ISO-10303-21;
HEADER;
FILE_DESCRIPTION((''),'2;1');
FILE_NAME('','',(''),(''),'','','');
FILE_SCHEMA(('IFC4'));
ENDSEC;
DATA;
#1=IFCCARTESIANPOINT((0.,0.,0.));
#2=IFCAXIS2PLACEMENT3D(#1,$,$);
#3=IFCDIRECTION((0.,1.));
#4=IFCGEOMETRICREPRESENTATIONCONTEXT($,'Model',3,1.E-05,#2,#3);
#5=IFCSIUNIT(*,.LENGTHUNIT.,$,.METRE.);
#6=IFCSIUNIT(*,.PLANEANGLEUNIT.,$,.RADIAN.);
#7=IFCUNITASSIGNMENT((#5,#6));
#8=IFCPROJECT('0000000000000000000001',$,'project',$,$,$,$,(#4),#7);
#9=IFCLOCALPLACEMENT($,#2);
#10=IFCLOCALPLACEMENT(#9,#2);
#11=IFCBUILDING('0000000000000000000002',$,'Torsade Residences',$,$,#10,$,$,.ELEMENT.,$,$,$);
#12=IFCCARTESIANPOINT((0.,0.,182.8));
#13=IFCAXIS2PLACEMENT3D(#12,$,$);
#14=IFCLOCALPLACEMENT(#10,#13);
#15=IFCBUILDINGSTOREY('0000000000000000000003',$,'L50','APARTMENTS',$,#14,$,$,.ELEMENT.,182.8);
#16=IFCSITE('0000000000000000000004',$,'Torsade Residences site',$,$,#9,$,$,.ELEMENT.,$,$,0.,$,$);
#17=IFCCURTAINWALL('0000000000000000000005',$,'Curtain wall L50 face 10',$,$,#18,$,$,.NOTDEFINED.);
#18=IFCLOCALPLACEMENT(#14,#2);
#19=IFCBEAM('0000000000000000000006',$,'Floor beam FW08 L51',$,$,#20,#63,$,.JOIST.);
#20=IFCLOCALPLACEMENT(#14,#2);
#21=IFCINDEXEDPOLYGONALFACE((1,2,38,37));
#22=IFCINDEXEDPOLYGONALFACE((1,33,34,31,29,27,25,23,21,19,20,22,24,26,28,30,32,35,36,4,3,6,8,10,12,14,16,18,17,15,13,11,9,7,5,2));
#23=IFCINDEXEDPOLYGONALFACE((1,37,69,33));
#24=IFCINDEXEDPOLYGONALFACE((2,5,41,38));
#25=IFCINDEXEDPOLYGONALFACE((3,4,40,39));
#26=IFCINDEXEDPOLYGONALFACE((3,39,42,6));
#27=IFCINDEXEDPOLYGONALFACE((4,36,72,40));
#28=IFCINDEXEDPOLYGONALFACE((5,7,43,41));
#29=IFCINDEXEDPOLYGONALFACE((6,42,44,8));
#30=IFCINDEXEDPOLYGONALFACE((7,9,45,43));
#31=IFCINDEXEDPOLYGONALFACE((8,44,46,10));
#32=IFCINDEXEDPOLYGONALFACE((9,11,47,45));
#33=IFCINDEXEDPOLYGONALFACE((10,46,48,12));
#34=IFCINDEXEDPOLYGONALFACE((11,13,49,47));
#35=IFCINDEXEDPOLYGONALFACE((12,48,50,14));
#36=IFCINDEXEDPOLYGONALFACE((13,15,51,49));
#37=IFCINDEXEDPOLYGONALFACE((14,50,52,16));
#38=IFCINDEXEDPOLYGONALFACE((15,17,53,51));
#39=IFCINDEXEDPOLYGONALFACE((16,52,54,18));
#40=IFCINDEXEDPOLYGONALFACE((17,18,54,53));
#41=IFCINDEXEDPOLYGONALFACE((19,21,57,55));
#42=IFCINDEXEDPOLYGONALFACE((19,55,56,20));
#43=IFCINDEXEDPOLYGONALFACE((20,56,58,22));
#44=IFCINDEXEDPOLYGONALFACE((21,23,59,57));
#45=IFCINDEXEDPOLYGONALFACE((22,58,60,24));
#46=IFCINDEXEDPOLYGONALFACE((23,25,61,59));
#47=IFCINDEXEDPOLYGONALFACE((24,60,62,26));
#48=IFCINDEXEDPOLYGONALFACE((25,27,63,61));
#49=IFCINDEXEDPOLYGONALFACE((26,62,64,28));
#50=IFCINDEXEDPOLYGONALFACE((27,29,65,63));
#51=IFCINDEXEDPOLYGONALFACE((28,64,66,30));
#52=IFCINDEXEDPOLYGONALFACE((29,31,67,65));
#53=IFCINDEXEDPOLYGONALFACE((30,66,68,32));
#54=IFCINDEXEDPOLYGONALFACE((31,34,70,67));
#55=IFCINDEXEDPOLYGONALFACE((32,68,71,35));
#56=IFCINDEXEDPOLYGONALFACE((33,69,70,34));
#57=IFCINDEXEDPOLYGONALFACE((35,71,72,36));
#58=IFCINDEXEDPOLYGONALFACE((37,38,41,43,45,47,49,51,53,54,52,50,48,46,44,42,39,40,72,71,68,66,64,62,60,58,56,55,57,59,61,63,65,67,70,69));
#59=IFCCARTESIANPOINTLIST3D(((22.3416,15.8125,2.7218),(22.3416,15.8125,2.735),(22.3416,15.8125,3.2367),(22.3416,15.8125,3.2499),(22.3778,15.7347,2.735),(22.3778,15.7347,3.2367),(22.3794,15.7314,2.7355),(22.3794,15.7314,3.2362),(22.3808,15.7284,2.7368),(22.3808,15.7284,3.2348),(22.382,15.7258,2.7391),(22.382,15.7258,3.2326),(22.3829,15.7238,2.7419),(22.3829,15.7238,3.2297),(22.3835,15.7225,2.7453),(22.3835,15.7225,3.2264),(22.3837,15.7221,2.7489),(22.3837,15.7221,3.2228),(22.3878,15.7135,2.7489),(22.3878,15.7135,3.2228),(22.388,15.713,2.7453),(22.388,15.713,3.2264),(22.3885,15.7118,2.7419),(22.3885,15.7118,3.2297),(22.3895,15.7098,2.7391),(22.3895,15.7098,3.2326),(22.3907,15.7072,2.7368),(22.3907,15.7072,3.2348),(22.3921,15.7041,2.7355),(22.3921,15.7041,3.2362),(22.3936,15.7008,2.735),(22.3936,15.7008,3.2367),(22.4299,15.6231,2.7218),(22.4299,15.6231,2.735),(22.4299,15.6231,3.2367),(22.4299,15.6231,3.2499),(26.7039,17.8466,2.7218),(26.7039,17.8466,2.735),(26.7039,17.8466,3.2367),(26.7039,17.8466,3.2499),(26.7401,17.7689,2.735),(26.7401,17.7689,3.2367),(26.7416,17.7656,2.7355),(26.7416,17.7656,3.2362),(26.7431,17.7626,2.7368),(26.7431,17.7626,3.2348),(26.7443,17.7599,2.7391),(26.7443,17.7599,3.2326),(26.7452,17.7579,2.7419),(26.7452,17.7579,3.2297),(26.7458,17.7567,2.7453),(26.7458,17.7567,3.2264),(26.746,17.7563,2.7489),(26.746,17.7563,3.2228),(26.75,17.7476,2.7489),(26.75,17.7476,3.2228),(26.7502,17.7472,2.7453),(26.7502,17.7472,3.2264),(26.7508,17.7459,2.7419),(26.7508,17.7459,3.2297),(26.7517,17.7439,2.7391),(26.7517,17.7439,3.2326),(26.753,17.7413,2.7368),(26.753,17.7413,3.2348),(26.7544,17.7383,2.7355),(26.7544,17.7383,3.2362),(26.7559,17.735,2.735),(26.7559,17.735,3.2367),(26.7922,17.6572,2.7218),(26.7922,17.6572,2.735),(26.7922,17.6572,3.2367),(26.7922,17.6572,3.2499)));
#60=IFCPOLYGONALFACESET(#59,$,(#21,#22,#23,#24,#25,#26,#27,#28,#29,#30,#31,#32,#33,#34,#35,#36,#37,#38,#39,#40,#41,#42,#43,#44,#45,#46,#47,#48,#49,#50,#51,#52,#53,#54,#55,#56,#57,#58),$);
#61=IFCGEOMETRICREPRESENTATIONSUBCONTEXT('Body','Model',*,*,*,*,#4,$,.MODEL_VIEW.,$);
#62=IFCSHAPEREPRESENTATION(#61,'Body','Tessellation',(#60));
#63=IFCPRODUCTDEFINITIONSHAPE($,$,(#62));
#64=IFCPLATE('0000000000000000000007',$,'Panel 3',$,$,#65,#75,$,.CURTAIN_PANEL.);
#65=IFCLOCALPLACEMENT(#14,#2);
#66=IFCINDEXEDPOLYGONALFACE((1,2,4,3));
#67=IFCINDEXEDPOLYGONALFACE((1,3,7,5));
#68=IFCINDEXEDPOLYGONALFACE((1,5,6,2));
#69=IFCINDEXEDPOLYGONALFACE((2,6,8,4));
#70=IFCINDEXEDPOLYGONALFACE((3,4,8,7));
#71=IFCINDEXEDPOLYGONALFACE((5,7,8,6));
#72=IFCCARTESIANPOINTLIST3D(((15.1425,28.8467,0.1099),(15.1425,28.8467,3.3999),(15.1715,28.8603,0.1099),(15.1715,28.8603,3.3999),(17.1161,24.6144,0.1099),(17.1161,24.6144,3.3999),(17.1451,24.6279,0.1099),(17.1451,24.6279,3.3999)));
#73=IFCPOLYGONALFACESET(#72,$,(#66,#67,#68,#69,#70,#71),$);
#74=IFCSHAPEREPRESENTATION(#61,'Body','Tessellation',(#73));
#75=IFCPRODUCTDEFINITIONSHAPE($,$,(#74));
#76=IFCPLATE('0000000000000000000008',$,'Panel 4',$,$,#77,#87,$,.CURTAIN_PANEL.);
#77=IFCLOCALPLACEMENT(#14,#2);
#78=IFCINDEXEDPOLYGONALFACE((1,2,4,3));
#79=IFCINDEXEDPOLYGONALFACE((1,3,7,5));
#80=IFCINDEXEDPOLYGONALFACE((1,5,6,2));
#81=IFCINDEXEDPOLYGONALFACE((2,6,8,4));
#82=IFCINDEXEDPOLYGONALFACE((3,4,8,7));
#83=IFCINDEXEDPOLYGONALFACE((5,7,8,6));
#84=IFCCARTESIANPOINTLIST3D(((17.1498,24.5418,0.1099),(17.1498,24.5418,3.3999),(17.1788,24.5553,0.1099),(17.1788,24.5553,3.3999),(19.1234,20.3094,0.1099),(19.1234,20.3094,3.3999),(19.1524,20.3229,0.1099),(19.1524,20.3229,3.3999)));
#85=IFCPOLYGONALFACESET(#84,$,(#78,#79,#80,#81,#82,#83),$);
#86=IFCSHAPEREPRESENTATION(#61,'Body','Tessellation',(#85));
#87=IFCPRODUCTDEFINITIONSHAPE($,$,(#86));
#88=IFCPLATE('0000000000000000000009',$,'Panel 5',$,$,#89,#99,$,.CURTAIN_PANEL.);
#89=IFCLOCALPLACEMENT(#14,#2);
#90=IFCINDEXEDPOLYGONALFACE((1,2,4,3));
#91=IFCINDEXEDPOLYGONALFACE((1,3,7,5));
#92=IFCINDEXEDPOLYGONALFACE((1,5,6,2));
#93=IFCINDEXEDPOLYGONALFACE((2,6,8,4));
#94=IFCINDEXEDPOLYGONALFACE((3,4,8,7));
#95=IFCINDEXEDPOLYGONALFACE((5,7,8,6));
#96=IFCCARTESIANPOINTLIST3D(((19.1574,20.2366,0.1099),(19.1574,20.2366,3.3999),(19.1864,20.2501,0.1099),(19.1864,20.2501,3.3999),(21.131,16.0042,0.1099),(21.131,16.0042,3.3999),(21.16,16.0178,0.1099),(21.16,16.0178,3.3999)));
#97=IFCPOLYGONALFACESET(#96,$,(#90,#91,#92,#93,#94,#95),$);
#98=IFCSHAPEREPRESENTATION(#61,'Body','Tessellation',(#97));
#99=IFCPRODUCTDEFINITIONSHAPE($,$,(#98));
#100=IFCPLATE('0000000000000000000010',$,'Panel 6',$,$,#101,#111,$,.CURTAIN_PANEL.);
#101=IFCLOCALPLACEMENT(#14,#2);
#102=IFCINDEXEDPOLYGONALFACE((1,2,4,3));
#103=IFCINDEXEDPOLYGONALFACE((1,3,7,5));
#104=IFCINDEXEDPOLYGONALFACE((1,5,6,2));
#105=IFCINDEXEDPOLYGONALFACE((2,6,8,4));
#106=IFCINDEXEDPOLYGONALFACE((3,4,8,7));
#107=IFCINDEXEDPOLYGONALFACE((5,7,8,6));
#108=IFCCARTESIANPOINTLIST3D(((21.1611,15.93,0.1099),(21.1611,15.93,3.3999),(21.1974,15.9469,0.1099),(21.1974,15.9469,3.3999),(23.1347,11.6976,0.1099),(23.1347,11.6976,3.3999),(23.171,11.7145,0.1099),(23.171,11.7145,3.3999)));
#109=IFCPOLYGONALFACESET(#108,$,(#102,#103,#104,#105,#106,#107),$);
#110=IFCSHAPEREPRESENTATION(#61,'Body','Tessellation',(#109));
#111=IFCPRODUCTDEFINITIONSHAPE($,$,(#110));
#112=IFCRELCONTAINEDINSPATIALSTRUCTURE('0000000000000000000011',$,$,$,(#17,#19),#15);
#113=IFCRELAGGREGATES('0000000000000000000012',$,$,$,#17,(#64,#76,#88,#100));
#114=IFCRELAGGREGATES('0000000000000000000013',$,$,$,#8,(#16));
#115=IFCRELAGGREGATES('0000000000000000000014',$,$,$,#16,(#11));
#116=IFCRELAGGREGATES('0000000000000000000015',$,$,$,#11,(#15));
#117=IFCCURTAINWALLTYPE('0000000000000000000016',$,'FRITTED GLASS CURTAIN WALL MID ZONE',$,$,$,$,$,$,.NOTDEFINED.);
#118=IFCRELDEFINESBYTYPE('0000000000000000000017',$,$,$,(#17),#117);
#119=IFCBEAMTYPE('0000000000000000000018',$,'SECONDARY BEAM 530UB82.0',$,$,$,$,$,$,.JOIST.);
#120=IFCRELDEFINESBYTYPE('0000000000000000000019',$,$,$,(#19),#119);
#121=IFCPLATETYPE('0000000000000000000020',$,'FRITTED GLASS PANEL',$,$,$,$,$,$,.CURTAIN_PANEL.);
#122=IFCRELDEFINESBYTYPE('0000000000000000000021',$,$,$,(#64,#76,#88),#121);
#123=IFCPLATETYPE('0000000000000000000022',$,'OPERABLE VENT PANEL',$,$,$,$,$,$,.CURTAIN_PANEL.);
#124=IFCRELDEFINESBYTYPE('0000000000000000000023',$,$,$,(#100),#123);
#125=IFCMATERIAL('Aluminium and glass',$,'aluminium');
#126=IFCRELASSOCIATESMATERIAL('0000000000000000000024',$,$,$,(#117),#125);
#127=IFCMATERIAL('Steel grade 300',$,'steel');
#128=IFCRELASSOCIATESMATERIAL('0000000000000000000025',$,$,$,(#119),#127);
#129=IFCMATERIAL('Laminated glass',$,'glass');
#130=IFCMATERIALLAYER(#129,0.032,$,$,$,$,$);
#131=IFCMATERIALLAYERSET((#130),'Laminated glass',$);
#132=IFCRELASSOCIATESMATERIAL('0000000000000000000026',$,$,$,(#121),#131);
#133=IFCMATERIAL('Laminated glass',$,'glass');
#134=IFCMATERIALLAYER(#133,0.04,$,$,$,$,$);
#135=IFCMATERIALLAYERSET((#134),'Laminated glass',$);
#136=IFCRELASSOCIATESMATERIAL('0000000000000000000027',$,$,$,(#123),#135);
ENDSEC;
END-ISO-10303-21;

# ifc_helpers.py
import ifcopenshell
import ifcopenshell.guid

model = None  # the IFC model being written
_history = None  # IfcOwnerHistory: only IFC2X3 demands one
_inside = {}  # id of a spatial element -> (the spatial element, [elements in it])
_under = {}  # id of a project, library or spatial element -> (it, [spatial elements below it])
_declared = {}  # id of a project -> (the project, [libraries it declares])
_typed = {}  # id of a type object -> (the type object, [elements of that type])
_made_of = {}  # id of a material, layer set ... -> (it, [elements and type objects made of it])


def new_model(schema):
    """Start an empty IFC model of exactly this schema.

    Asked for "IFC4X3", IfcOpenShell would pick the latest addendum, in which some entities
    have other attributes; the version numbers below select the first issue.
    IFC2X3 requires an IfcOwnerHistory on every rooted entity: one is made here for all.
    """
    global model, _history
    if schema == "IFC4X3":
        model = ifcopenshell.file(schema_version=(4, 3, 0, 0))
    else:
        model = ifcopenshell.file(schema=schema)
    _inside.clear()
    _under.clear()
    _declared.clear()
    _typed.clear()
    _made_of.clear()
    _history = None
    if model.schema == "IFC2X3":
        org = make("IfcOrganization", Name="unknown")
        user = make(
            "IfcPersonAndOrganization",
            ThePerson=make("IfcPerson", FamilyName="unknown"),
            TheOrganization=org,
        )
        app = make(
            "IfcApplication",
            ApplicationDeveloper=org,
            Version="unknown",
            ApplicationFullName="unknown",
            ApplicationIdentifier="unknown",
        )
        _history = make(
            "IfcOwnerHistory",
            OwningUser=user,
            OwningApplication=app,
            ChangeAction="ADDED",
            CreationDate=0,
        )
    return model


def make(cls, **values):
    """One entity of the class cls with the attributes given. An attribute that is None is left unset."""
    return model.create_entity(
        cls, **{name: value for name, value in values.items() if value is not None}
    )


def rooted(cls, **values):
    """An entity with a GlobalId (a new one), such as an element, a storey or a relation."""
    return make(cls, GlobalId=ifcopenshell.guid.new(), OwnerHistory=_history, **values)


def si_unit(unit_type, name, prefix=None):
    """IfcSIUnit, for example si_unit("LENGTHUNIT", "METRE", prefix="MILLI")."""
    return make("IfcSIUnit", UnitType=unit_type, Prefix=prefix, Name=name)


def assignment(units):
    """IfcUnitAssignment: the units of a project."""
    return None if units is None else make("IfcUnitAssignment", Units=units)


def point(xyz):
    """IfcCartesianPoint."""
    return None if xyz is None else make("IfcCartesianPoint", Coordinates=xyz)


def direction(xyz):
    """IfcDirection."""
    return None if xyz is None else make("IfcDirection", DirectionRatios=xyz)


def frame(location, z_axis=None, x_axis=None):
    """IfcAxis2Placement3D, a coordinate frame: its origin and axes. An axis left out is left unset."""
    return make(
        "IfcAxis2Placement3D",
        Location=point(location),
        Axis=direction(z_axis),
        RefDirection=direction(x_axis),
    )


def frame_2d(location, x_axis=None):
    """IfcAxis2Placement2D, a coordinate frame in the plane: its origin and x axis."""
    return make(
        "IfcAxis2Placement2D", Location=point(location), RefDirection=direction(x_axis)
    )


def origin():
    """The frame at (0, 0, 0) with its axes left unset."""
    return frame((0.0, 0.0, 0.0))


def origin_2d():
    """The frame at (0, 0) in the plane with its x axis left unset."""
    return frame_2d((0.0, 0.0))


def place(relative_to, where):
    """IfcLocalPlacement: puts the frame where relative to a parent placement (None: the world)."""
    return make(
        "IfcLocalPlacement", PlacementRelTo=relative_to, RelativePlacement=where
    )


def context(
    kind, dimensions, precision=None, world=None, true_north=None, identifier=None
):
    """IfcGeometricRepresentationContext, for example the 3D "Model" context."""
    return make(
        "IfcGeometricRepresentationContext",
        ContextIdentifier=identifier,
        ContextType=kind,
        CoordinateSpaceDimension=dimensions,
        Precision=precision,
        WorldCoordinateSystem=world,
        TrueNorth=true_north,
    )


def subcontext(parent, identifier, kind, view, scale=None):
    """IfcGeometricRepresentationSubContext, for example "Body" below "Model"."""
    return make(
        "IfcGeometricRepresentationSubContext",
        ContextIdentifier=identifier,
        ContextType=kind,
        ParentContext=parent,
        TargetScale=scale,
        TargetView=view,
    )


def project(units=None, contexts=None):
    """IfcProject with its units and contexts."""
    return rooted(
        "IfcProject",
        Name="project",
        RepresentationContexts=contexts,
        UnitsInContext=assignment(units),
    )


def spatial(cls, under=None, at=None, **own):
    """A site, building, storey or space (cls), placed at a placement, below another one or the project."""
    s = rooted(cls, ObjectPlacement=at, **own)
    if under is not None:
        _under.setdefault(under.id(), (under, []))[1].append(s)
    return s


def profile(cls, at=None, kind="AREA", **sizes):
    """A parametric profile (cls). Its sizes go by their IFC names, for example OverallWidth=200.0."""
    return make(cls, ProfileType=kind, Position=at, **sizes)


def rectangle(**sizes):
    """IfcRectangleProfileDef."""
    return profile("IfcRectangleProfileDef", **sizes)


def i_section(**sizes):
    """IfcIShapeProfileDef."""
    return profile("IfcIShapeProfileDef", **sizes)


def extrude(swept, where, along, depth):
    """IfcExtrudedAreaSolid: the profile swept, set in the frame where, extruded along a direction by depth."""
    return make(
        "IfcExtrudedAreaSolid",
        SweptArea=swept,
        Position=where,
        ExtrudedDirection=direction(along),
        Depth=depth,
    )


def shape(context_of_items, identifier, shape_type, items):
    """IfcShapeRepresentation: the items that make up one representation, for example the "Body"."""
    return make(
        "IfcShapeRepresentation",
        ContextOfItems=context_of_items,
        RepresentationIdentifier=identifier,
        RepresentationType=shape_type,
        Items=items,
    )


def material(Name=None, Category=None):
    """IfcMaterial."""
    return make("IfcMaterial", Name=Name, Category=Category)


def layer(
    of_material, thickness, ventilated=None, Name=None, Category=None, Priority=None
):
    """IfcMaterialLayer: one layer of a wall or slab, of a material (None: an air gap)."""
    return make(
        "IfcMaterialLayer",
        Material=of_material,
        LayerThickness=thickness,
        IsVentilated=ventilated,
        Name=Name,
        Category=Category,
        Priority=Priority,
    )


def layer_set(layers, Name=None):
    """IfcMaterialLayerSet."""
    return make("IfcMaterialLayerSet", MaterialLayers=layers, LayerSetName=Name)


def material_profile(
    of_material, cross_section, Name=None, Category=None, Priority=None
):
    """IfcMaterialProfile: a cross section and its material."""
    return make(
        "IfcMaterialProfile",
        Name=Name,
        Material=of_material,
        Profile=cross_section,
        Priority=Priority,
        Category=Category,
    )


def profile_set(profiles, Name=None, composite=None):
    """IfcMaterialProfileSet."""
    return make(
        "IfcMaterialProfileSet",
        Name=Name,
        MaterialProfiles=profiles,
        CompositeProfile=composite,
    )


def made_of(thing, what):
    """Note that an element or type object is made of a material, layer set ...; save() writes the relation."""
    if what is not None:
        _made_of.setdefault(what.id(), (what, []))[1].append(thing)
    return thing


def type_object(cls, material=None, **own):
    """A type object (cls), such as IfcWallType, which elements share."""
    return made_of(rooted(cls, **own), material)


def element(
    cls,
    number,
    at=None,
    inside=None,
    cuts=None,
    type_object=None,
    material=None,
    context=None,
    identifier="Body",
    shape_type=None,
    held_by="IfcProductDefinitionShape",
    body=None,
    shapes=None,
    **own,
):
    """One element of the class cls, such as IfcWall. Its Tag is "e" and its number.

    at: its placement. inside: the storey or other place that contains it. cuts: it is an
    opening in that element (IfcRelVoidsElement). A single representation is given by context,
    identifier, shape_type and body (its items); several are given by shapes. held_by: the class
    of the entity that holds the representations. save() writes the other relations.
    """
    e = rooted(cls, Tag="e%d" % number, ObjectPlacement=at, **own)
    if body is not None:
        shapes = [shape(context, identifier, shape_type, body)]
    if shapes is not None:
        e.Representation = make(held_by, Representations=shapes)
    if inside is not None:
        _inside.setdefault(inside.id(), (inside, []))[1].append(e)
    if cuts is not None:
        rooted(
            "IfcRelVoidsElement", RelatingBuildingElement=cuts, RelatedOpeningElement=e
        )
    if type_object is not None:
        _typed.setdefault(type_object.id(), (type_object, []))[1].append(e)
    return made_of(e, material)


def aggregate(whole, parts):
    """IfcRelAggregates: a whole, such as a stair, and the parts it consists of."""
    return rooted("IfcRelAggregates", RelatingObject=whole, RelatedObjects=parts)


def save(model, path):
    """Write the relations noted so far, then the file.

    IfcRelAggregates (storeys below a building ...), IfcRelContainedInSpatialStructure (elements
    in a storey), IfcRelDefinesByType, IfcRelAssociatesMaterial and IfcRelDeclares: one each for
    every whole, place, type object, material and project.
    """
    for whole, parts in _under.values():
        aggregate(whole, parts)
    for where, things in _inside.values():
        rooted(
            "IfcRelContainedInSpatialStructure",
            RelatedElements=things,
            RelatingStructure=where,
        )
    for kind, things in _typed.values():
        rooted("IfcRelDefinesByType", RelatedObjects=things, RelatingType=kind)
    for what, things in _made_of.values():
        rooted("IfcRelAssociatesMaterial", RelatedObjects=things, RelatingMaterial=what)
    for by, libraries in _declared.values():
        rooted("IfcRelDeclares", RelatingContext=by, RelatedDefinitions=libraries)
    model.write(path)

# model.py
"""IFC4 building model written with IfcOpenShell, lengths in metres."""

from ifc_helpers import new_model, si_unit, direction, frame, origin, origin_2d, place, context, subcontext, project, spatial, rectangle, i_section, extrude, material, layer, layer_set, material_profile, profile_set, type_object, element, aggregate, save


model = new_model("IFC4")

# Units and contexts
model_context = context("Model", 3, precision=1e-05, world=origin(), true_north=direction((0.0, 1.0)))
body_context = subcontext(model_context, "Body", "Model", "MODEL_VIEW")
ifc_project = project(units=[si_unit("LENGTHUNIT", "METRE"), si_unit("PLANEANGLEUNIT", "RADIAN")], contexts=[model_context])

# Site, building, storey
site_placement = place(None, origin())
site = spatial("IfcSite", under=ifc_project, at=site_placement, Name="Torsade Residences site", CompositionType="ELEMENT", RefElevation=0.0)
building_placement = place(site_placement, origin())
building = spatial("IfcBuilding", under=site, at=building_placement, Name="Torsade Residences", CompositionType="ELEMENT")
storey_placement = place(building_placement, frame((0.0, 0.0, 182.8)))
storey = spatial("IfcBuildingStorey", under=building, at=storey_placement, Name="L50", Description="APARTMENTS", CompositionType="ELEMENT", Elevation=182.8)

# Curtain wall
ifc_material_1 = material(Name="Aluminium and glass", Category="aluminium")
curtain_wall_type = type_object("IfcCurtainWallType", Name="FRITTED GLASS CURTAIN WALL MID ZONE", PredefinedType="NOTDEFINED", material=ifc_material_1)
curtain_wall_placement = place(storey_placement, origin())
curtain_wall = element("IfcCurtainWall", 1, at=curtain_wall_placement, inside=storey, type_object=curtain_wall_type, Name="Curtain wall L50 face 10", PredefinedType="NOTDEFINED")

# Beam
ifc_material_2 = material(Name="Steel grade 300", Category="steel")
ifc_material_profile_1 = material_profile(ifc_material_2, i_section(OverallWidth=0.209, OverallDepth=0.5281, WebThickness=0.0095, FlangeThickness=0.0132, FilletRadius=0.0139, at=origin_2d()), Name="530UB82.0")
ifc_profile_set_1 = profile_set([ifc_material_profile_1], Name="Steel grade 300")
beam_type_1 = type_object("IfcBeamType", Name="SECONDARY BEAM 530UB82.0", PredefinedType="JOIST", material=ifc_profile_set_1)
beam_1_placement = place(storey_placement, frame((22.3857, 15.7178, 2.9858), z_axis=(0.906308, 0.422619, 0.0), x_axis=(-0.422619, 0.906308, 0.0)))
element("IfcBeam", 2, at=beam_1_placement, inside=storey, type_object=beam_type_1, Name="Floor beam FW08 L51", PredefinedType="JOIST", context=body_context, shape_type="SweptSolid", body=[
    extrude(i_section(OverallWidth=0.209, OverallDepth=0.5281, WebThickness=0.0095, FlangeThickness=0.0132, FilletRadius=0.0139, at=origin_2d()), origin(), (0.0, 0.0, 1.0), 4.8132),
])

# Plates
ifc_material_3 = material(Name="Laminated glass", Category="glass")
ifc_layer_1 = layer(ifc_material_3, 0.032)
ifc_layer_set_1 = layer_set([ifc_layer_1], Name="Laminated glass")
plate_type_1 = type_object("IfcPlateType", Name="FRITTED GLASS PANEL", PredefinedType="CURTAIN_PANEL", material=ifc_layer_set_1)
plate_1_placement = place(storey_placement, frame((16.1438, 26.7373, 0.1099), z_axis=(0.0, 0.0, 1.0), x_axis=(0.422618, -0.906308, 0.0)))
plate_1 = element("IfcPlate", 3, at=plate_1_placement, type_object=plate_type_1, Name="Panel 3", PredefinedType="CURTAIN_PANEL", context=body_context, shape_type="SweptSolid", body=[
    extrude(rectangle(XDim=4.6699, YDim=0.032, at=origin_2d()), origin(), (0.0, 0.0, 1.0), 3.29),
])
plate_2_placement = place(storey_placement, frame((18.1511, 22.4324, 0.1099), z_axis=(0.0, 0.0, 1.0), x_axis=(0.422618, -0.906308, 0.0)))
plate_2 = element("IfcPlate", 4, at=plate_2_placement, type_object=plate_type_1, Name="Panel 4", PredefinedType="CURTAIN_PANEL", context=body_context, shape_type="SweptSolid", body=[
    extrude(rectangle(XDim=4.6699, YDim=0.032, at=origin_2d()), origin(), (0.0, 0.0, 1.0), 3.29),
])
plate_3_placement = place(storey_placement, frame((20.1587, 18.1272, 0.1099), z_axis=(0.0, 0.0, 1.0), x_axis=(0.422618, -0.906308, 0.0)))
plate_3 = element("IfcPlate", 5, at=plate_3_placement, type_object=plate_type_1, Name="Panel 5", PredefinedType="CURTAIN_PANEL", context=body_context, shape_type="SweptSolid", body=[
    extrude(rectangle(XDim=4.6699, YDim=0.032, at=origin_2d()), origin(), (0.0, 0.0, 1.0), 3.29),
])
ifc_material_4 = material(Name="Laminated glass", Category="glass")
ifc_layer_2 = layer(ifc_material_4, 0.04)
ifc_layer_set_2 = layer_set([ifc_layer_2], Name="Laminated glass")
plate_type_2 = type_object("IfcPlateType", Name="OPERABLE VENT PANEL", PredefinedType="CURTAIN_PANEL", material=ifc_layer_set_2)
plate_4_placement = place(storey_placement, frame((22.166, 13.8223, 0.1099), z_axis=(0.0, 0.0, 1.0), x_axis=(0.422618, -0.906308, 0.0)))
plate_4 = element("IfcPlate", 6, at=plate_4_placement, type_object=plate_type_2, Name="Panel 6", PredefinedType="CURTAIN_PANEL", context=body_context, shape_type="SweptSolid", body=[
    extrude(rectangle(XDim=4.6699, YDim=0.04, at=origin_2d()), origin(), (0.0, 0.0, 1.0), 3.29),
])
aggregate(curtain_wall, [plate_1, plate_2, plate_3, plate_4])

save(model, "model.ifc")
